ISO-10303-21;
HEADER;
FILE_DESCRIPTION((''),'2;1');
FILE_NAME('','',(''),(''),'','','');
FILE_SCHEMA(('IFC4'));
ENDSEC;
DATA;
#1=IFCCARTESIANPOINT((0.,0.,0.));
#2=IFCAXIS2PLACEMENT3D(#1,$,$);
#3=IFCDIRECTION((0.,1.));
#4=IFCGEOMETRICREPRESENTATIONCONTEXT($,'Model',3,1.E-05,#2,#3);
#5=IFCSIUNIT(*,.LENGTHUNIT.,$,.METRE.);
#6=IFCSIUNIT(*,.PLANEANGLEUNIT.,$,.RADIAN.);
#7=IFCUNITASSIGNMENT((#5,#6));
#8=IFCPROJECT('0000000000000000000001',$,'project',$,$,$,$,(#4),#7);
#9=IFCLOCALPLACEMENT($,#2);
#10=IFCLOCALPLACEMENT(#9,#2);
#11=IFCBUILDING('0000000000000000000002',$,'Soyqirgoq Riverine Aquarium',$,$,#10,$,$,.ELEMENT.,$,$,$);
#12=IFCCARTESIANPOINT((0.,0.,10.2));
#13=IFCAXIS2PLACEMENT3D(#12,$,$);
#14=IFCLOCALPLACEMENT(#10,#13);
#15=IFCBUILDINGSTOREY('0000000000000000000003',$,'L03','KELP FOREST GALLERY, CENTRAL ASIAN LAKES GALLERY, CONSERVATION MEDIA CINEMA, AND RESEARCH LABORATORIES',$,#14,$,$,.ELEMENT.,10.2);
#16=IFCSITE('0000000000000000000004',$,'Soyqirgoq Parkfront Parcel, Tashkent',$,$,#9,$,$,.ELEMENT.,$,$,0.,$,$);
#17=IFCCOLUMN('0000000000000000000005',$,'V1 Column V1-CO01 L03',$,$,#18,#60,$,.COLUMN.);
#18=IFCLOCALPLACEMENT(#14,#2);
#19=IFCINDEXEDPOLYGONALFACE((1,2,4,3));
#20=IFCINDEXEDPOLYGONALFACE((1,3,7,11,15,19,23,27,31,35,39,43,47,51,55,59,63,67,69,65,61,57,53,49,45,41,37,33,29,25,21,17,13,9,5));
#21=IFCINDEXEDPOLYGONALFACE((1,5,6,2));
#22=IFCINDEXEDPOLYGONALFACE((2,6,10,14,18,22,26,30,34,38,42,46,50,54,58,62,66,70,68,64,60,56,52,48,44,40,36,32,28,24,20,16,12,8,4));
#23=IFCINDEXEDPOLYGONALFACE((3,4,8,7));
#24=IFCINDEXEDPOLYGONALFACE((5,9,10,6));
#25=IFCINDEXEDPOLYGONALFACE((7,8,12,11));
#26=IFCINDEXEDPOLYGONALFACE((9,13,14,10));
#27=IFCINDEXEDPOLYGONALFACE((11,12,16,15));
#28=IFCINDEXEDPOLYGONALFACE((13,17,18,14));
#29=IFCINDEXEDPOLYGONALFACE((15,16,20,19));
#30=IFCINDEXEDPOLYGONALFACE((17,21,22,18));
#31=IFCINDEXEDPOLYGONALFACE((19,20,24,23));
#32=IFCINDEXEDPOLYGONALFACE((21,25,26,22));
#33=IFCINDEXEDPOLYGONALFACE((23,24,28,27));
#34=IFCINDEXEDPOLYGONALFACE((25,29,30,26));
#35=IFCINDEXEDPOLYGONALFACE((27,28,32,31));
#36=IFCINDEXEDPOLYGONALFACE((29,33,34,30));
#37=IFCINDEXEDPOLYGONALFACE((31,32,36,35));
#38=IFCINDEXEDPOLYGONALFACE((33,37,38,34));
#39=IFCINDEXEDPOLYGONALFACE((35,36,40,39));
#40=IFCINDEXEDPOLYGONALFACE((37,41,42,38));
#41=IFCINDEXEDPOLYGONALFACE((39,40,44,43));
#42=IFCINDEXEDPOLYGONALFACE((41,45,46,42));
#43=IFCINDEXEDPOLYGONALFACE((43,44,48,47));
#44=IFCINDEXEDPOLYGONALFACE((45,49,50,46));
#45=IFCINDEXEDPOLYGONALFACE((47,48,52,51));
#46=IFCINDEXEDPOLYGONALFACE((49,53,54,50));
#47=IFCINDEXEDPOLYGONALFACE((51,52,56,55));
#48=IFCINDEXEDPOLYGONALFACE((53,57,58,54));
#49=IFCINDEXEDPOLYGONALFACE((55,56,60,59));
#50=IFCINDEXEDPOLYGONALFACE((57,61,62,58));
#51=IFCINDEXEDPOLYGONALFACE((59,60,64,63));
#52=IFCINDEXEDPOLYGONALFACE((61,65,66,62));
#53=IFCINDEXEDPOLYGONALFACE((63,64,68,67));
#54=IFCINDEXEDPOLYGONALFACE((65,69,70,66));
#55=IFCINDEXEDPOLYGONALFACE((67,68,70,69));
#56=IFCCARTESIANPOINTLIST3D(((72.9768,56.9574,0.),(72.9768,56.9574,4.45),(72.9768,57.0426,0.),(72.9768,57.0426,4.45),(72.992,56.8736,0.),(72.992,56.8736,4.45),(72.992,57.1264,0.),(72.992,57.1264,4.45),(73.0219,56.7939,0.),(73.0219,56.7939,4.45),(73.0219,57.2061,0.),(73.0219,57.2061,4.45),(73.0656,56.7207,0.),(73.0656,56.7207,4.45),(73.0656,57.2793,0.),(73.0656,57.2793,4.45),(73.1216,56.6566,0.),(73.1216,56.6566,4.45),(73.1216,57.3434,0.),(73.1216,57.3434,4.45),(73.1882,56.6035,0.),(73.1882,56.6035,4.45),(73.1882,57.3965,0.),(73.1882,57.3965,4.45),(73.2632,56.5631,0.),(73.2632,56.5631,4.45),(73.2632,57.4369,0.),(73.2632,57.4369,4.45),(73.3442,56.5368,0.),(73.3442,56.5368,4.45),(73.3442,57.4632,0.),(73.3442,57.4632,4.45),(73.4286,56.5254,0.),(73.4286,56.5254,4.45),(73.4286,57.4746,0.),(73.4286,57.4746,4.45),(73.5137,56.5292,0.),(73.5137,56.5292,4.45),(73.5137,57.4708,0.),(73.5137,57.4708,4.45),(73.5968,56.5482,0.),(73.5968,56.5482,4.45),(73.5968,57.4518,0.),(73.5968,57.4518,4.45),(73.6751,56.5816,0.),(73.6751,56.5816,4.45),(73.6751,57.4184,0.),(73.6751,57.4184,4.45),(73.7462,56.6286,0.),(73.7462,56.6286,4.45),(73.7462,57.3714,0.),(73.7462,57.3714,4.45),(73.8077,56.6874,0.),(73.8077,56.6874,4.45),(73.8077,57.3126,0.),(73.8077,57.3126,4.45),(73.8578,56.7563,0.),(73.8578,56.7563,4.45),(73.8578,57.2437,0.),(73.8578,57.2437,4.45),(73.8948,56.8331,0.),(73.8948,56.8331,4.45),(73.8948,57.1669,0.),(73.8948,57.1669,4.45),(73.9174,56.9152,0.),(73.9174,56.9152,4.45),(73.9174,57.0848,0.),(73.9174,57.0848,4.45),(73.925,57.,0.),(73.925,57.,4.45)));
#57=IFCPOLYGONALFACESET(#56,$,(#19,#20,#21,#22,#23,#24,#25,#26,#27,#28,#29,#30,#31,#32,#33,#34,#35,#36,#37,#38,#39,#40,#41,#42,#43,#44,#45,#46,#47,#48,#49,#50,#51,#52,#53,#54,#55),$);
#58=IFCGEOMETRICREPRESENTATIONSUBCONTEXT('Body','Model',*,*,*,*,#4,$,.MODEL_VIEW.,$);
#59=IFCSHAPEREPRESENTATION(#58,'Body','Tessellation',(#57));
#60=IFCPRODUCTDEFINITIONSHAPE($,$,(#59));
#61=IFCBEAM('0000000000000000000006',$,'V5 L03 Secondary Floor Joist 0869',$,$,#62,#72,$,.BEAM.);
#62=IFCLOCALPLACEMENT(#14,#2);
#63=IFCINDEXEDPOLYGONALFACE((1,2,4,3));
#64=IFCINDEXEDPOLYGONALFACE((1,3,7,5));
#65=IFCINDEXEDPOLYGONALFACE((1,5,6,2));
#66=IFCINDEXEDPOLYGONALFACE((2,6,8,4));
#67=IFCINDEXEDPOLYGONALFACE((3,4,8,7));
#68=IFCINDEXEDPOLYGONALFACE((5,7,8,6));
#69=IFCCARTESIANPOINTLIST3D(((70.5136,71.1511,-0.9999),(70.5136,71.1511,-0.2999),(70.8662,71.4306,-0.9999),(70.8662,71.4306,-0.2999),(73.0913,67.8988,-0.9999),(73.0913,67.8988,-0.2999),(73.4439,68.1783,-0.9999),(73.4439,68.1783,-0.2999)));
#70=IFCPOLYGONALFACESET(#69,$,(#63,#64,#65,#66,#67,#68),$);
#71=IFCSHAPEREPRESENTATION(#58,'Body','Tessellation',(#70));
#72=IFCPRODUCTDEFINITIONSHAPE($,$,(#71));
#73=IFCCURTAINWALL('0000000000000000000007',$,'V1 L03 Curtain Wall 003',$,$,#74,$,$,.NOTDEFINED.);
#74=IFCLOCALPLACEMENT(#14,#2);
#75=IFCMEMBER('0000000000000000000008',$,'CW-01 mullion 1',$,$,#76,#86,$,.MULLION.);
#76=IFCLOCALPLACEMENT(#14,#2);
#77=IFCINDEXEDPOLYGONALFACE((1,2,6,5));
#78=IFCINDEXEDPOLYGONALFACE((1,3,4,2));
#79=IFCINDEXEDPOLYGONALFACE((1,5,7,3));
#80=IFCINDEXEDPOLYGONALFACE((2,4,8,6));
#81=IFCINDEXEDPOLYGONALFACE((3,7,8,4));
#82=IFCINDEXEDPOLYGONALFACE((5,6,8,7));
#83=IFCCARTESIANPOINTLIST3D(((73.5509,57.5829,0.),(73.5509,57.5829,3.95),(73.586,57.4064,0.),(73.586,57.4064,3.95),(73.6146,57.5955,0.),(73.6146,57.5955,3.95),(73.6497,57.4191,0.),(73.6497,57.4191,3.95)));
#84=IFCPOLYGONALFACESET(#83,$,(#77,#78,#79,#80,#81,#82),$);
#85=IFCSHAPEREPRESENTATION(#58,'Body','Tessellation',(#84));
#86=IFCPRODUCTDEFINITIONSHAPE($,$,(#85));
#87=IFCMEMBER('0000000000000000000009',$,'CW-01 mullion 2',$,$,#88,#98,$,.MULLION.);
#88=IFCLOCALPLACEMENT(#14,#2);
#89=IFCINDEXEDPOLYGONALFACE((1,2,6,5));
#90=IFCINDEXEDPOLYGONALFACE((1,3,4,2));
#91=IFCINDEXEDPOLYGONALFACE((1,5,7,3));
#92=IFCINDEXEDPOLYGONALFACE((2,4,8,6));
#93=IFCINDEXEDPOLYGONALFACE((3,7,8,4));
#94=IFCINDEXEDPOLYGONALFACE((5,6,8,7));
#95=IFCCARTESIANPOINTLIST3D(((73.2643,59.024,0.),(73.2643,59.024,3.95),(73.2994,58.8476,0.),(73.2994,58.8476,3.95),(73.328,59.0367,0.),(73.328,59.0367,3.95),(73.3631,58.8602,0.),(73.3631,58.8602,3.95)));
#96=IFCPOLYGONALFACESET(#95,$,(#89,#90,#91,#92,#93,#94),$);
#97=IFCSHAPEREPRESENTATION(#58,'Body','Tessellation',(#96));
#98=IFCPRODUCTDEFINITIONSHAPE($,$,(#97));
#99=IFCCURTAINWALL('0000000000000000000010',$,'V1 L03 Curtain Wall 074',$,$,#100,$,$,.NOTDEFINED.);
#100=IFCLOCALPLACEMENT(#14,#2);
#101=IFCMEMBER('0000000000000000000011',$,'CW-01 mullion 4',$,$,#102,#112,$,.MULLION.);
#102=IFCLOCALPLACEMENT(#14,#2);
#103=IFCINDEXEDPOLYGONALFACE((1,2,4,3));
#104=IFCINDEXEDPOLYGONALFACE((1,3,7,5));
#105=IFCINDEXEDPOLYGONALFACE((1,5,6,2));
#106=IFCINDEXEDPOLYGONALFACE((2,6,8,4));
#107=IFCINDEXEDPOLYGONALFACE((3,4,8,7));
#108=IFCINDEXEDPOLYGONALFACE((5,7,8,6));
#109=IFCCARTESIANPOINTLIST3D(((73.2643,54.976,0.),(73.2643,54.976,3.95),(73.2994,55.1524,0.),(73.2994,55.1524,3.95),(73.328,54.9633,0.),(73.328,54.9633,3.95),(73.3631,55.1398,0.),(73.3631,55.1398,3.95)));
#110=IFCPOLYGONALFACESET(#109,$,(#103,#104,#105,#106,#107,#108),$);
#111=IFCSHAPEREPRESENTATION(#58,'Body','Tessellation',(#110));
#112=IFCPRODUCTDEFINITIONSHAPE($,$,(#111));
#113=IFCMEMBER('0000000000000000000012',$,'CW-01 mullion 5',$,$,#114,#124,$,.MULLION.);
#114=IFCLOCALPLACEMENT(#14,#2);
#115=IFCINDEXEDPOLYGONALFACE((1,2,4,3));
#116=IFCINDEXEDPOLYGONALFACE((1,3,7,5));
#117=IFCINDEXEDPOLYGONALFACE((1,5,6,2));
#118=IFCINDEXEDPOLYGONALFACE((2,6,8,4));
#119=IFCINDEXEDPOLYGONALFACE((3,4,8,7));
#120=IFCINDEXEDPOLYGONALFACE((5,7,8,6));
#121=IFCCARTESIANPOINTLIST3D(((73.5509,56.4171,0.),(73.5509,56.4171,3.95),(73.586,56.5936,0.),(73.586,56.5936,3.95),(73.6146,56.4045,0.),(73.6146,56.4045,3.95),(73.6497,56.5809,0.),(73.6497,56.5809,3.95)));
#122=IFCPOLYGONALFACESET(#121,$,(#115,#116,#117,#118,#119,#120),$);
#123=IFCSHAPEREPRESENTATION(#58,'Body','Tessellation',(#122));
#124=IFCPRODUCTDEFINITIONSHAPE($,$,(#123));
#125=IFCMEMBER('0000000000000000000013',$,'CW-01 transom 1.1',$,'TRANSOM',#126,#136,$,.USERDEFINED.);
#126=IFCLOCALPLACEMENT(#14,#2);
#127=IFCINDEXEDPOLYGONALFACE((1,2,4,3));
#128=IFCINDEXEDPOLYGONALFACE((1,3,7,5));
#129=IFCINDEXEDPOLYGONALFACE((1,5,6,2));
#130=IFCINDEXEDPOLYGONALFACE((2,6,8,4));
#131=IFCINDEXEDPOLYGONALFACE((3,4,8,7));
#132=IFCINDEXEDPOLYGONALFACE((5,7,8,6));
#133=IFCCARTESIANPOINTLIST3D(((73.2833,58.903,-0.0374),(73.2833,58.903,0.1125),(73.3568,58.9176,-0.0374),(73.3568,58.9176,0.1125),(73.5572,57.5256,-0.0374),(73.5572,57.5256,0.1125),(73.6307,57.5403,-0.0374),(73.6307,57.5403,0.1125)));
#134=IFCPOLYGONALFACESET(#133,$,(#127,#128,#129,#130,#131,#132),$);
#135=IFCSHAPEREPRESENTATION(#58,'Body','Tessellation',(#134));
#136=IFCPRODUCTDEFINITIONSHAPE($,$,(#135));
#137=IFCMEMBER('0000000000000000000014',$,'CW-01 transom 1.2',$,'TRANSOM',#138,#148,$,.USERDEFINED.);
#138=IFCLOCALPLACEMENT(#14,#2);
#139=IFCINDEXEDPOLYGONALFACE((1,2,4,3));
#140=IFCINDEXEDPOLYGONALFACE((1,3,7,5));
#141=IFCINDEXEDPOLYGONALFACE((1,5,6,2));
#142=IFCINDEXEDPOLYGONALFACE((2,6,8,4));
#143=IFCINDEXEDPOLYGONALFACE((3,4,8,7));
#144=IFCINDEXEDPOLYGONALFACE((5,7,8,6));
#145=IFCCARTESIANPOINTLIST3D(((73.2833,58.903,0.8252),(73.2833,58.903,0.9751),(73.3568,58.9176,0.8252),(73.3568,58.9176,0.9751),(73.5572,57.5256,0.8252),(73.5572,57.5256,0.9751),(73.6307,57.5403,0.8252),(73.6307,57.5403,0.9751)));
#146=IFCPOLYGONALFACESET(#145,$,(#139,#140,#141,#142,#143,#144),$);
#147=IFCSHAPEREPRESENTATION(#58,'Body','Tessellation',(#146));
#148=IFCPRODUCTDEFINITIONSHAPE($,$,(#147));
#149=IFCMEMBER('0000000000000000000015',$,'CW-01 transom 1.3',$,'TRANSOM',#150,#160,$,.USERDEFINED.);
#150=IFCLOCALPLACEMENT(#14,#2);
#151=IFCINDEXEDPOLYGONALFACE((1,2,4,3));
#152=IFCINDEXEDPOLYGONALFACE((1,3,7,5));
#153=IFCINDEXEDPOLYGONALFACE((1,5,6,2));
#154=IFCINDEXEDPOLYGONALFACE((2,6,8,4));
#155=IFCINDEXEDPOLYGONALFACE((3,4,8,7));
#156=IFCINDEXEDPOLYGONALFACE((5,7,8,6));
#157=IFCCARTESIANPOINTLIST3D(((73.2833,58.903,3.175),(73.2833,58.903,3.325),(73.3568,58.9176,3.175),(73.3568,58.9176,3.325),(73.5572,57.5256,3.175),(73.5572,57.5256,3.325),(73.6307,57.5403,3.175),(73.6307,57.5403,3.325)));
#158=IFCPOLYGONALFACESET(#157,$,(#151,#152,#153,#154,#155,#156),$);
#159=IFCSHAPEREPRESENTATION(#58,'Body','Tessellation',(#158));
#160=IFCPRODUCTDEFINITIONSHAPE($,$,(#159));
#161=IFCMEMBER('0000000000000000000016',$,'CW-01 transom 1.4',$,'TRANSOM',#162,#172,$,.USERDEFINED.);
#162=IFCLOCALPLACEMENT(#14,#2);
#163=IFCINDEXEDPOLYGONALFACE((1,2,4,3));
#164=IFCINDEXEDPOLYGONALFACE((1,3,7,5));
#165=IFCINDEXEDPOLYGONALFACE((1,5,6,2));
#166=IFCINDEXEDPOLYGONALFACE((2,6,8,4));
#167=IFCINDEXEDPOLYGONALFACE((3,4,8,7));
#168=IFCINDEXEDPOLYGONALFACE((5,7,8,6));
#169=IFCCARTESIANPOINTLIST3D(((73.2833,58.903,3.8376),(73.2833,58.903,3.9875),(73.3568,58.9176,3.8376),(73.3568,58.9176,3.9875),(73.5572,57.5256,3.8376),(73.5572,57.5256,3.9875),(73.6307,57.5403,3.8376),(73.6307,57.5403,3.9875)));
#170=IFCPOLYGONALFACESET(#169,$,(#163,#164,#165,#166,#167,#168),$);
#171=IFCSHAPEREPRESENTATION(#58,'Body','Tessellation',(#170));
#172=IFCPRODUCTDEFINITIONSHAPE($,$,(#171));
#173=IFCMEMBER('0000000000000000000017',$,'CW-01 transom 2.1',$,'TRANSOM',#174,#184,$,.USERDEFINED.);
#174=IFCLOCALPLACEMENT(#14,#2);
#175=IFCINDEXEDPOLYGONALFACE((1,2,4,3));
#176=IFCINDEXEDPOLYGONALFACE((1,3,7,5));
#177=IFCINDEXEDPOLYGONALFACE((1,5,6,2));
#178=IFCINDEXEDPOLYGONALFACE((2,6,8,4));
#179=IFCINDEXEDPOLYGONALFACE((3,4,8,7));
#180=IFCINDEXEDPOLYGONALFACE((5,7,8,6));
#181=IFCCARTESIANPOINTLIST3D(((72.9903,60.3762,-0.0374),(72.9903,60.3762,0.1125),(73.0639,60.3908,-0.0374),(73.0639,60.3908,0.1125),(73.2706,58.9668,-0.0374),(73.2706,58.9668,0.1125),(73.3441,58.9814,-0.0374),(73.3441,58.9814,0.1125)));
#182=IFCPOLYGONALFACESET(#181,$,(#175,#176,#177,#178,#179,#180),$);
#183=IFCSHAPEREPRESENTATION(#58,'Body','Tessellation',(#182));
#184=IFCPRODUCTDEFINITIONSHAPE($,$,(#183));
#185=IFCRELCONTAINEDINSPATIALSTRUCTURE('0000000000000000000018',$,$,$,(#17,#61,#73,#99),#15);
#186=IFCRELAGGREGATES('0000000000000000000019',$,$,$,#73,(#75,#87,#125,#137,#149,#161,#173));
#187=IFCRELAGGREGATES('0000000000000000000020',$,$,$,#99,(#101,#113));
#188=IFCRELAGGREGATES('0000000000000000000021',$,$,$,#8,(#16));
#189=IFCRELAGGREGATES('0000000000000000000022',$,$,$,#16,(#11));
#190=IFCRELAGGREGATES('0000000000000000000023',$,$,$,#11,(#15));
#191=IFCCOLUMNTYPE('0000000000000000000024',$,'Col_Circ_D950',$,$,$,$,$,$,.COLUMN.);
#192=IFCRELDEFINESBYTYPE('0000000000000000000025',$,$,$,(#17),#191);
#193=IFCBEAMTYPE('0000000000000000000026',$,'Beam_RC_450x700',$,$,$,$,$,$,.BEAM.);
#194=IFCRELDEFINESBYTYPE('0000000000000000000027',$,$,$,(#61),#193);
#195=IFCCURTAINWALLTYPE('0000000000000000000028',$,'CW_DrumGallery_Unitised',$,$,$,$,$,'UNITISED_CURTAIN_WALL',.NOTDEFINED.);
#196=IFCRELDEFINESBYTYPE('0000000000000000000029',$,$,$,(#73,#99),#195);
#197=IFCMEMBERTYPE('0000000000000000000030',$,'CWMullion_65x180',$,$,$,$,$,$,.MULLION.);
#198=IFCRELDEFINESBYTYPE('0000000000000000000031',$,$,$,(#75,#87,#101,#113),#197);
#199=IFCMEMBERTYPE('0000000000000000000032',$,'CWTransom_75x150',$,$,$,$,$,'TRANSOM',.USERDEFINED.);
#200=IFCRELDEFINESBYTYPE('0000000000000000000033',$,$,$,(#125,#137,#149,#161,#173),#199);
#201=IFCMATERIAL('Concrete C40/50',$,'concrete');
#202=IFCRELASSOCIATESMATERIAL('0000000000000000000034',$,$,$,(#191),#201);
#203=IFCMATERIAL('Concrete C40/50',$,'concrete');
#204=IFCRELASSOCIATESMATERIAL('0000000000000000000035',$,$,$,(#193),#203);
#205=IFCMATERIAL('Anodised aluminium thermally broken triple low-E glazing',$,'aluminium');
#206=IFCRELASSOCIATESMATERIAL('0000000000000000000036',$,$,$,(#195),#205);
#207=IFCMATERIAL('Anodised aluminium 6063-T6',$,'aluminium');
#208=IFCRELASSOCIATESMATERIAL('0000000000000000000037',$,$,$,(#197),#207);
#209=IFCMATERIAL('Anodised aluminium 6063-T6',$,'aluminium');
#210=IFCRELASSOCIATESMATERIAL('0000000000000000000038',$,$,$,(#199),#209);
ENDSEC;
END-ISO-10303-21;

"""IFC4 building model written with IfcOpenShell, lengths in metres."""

from ifc_helpers import new_model, si_unit, direction, frame, origin, origin_2d, place, context, subcontext, project, spatial, rectangle, circle, extrude, material, material_profile, profile_set, type_object, element, aggregate, save


model = new_model("IFC4")

# Units and contexts
model_context = context("Model", 3, precision=1e-05, world=origin(), true_north=direction((0.0, 1.0)))
body_context = subcontext(model_context, "Body", "Model", "MODEL_VIEW")
ifc_project = project(units=[si_unit("LENGTHUNIT", "METRE"), si_unit("PLANEANGLEUNIT", "RADIAN")], contexts=[model_context])

# Site, building, storey
site_placement = place(None, origin())
site = spatial("IfcSite", under=ifc_project, at=site_placement, Name="Soyqirgoq Parkfront Parcel, Tashkent", CompositionType="ELEMENT", RefElevation=0.0)
building_placement = place(site_placement, origin())
building = spatial("IfcBuilding", under=site, at=building_placement, Name="Soyqirgoq Riverine Aquarium", CompositionType="ELEMENT")
storey_placement = place(building_placement, frame((0.0, 0.0, 10.2)))
storey = spatial("IfcBuildingStorey", under=building, at=storey_placement, Name="L03", Description="KELP FOREST GALLERY, CENTRAL ASIAN LAKES GALLERY, CONSERVATION MEDIA CINEMA, AND RESEARCH LABORATORIES", CompositionType="ELEMENT", Elevation=10.2)

# Column
ifc_material_1 = material(Name="Concrete C40/50", Category="concrete")
ifc_material_profile_1 = material_profile(ifc_material_1, circle(Radius=0.4751, at=origin_2d()), Name="RC-COL D950")
ifc_profile_set_1 = profile_set([ifc_material_profile_1], Name="Concrete C40/50")
column_type = type_object("IfcColumnType", Name="Col_Circ_D950", PredefinedType="COLUMN", material=ifc_profile_set_1)
column_placement = place(storey_placement, frame((73.45, 57.0, 0.0), z_axis=(0.0, 0.0, 1.0), x_axis=(1.0, 0.0, 0.0)))
element("IfcColumn", 1, at=column_placement, inside=storey, type_object=column_type, Name="V1 Column V1-CO01 L03", PredefinedType="COLUMN", context=body_context, shape_type="SweptSolid", body=[
    extrude(circle(Radius=0.4751, at=origin_2d()), origin(), (0.0, 0.0, 1.0), 4.45),
])

# Beam
ifc_material_2 = material(Name="Concrete C40/50", Category="concrete")
ifc_material_profile_2 = material_profile(ifc_material_2, rectangle(XDim=0.45, YDim=0.7, at=origin_2d()), Name="RC 450x700")
ifc_profile_set_2 = profile_set([ifc_material_profile_2], Name="Concrete C40/50")
beam_type_1 = type_object("IfcBeamType", Name="Beam_RC_450x700", PredefinedType="BEAM", material=ifc_profile_set_2)
beam_1_placement = place(storey_placement, frame((73.2676, 68.0386, -0.6499), z_axis=(-0.621144, 0.783696, 0.0), x_axis=(-0.783696, -0.621144, 0.0)))
element("IfcBeam", 2, at=beam_1_placement, inside=storey, type_object=beam_type_1, Name="V5 L03 Secondary Floor Joist 0869", PredefinedType="BEAM", context=body_context, shape_type="SweptSolid", body=[
    extrude(rectangle(XDim=0.45, YDim=0.7, at=origin_2d()), origin(), (0.0, 0.0, 1.0), 4.1499),
])

# Curtain walls, members
ifc_material_3 = material(Name="Anodised aluminium thermally broken triple low-E glazing", Category="aluminium")
curtain_wall_type = type_object("IfcCurtainWallType", Name="CW_DrumGallery_Unitised", ElementType="UNITISED_CURTAIN_WALL", PredefinedType="NOTDEFINED", material=ifc_material_3)
curtain_wall_1_placement = place(storey_placement, origin())
curtain_wall_1 = element("IfcCurtainWall", 3, at=curtain_wall_1_placement, inside=storey, type_object=curtain_wall_type, Name="V1 L03 Curtain Wall 003", PredefinedType="NOTDEFINED")
ifc_material_4 = material(Name="Anodised aluminium 6063-T6", Category="aluminium")
ifc_material_profile_3 = material_profile(ifc_material_4, rectangle(XDim=0.0649, YDim=0.1799, at=origin_2d()), Name="ALU-M 65x180")
ifc_profile_set_3 = profile_set([ifc_material_profile_3], Name="Anodised aluminium 6063-T6")
member_type_1 = type_object("IfcMemberType", Name="CWMullion_65x180", PredefinedType="MULLION", material=ifc_profile_set_3)
member_1_placement = place(storey_placement, frame((73.6003, 57.501, 0.0), z_axis=(0.0, 0.0, 1.0), x_axis=(-0.980784, -0.195095, 0.0)))
member_1 = element("IfcMember", 4, at=member_1_placement, type_object=member_type_1, Name="CW-01 mullion 1", PredefinedType="MULLION", context=body_context, shape_type="SweptSolid", body=[
    extrude(rectangle(XDim=0.0649, YDim=0.1799, at=origin_2d()), origin(), (0.0, 0.0, 1.0), 3.95),
])
member_2_placement = place(storey_placement, frame((73.3137, 58.9421, 0.0), z_axis=(0.0, 0.0, 1.0), x_axis=(-0.980784, -0.195095, 0.0)))
member_2 = element("IfcMember", 5, at=member_2_placement, type_object=member_type_1, Name="CW-01 mullion 2", PredefinedType="MULLION", context=body_context, shape_type="SweptSolid", body=[
    extrude(rectangle(XDim=0.0649, YDim=0.1799, at=origin_2d()), origin(), (0.0, 0.0, 1.0), 3.95),
])
curtain_wall_2_placement = place(storey_placement, origin())
curtain_wall_2 = element("IfcCurtainWall", 6, at=curtain_wall_2_placement, inside=storey, type_object=curtain_wall_type, Name="V1 L03 Curtain Wall 074", PredefinedType="NOTDEFINED")
member_3_placement = place(storey_placement, frame((73.3137, 55.0579, 0.0), z_axis=(0.0, 0.0, 1.0), x_axis=(-0.980784, 0.195095, 0.0)))
member_3 = element("IfcMember", 7, at=member_3_placement, type_object=member_type_1, Name="CW-01 mullion 4", PredefinedType="MULLION", context=body_context, shape_type="SweptSolid", body=[
    extrude(rectangle(XDim=0.0649, YDim=0.1799, at=origin_2d()), origin(), (0.0, 0.0, 1.0), 3.95),
])
member_4_placement = place(storey_placement, frame((73.6003, 56.499, 0.0), z_axis=(0.0, 0.0, 1.0), x_axis=(-0.980784, 0.195095, 0.0)))
member_4 = element("IfcMember", 8, at=member_4_placement, type_object=member_type_1, Name="CW-01 mullion 5", PredefinedType="MULLION", context=body_context, shape_type="SweptSolid", body=[
    extrude(rectangle(XDim=0.0649, YDim=0.1799, at=origin_2d()), origin(), (0.0, 0.0, 1.0), 3.95),
])

# Members
ifc_material_5 = material(Name="Anodised aluminium 6063-T6", Category="aluminium")
ifc_material_profile_4 = material_profile(ifc_material_5, rectangle(XDim=0.075, YDim=0.1499, at=origin_2d()), Name="ALU-T 75x150")
ifc_profile_set_4 = profile_set([ifc_material_profile_4], Name="Anodised aluminium 6063-T6")
member_type_2 = type_object("IfcMemberType", Name="CWTransom_75x150", ElementType="TRANSOM", PredefinedType="USERDEFINED", material=ifc_profile_set_4)
member_5_placement = place(storey_placement, frame((73.594, 57.533, 0.0376), z_axis=(-0.195046, 0.980794, 0.0), x_axis=(-0.980794, -0.195046, 0.0)))
member_5 = element("IfcMember", 9, at=member_5_placement, type_object=member_type_2, Name="CW-01 transom 1.1", ObjectType="TRANSOM", PredefinedType="USERDEFINED", context=body_context, shape_type="SweptSolid", body=[
    extrude(rectangle(XDim=0.075, YDim=0.1499, at=origin_2d()), origin(), (0.0, 0.0, 1.0), 1.4043),
])
member_6_placement = place(storey_placement, frame((73.594, 57.533, 0.9001), z_axis=(-0.195046, 0.980794, 0.0), x_axis=(-0.980794, -0.195046, 0.0)))
member_6 = element("IfcMember", 10, at=member_6_placement, type_object=member_type_2, Name="CW-01 transom 1.2", ObjectType="TRANSOM", PredefinedType="USERDEFINED", context=body_context, shape_type="SweptSolid", body=[
    extrude(rectangle(XDim=0.075, YDim=0.1499, at=origin_2d()), origin(), (0.0, 0.0, 1.0), 1.4043),
])
member_7_placement = place(storey_placement, frame((73.594, 57.533, 3.25), z_axis=(-0.195046, 0.980794, 0.0), x_axis=(-0.980794, -0.195046, 0.0)))
member_7 = element("IfcMember", 11, at=member_7_placement, type_object=member_type_2, Name="CW-01 transom 1.3", ObjectType="TRANSOM", PredefinedType="USERDEFINED", context=body_context, shape_type="SweptSolid", body=[
    extrude(rectangle(XDim=0.075, YDim=0.1499, at=origin_2d()), origin(), (0.0, 0.0, 1.0), 1.4043),
])
member_8_placement = place(storey_placement, frame((73.594, 57.533, 3.9126), z_axis=(-0.195046, 0.980794, 0.0), x_axis=(-0.980794, -0.195046, 0.0)))
member_8 = element("IfcMember", 12, at=member_8_placement, type_object=member_type_2, Name="CW-01 transom 1.4", ObjectType="TRANSOM", PredefinedType="USERDEFINED", context=body_context, shape_type="SweptSolid", body=[
    extrude(rectangle(XDim=0.075, YDim=0.1499, at=origin_2d()), origin(), (0.0, 0.0, 1.0), 1.4043),
])
member_9_placement = place(storey_placement, frame((73.3074, 58.9741, 0.0376), z_axis=(-0.195038, 0.980796, 0.0), x_axis=(-0.980796, -0.195038, 0.0)))
member_9 = element("IfcMember", 13, at=member_9_placement, type_object=member_type_2, Name="CW-01 transom 2.1", ObjectType="TRANSOM", PredefinedType="USERDEFINED", context=body_context, shape_type="SweptSolid", body=[
    extrude(rectangle(XDim=0.075, YDim=0.1499, at=origin_2d()), origin(), (0.0, 0.0, 1.0), 1.437),
])

aggregate(curtain_wall_1, [member_1, member_2, member_5, member_6, member_7, member_8, member_9])
aggregate(curtain_wall_2, [member_3, member_4])

save(model, "model.ifc")
